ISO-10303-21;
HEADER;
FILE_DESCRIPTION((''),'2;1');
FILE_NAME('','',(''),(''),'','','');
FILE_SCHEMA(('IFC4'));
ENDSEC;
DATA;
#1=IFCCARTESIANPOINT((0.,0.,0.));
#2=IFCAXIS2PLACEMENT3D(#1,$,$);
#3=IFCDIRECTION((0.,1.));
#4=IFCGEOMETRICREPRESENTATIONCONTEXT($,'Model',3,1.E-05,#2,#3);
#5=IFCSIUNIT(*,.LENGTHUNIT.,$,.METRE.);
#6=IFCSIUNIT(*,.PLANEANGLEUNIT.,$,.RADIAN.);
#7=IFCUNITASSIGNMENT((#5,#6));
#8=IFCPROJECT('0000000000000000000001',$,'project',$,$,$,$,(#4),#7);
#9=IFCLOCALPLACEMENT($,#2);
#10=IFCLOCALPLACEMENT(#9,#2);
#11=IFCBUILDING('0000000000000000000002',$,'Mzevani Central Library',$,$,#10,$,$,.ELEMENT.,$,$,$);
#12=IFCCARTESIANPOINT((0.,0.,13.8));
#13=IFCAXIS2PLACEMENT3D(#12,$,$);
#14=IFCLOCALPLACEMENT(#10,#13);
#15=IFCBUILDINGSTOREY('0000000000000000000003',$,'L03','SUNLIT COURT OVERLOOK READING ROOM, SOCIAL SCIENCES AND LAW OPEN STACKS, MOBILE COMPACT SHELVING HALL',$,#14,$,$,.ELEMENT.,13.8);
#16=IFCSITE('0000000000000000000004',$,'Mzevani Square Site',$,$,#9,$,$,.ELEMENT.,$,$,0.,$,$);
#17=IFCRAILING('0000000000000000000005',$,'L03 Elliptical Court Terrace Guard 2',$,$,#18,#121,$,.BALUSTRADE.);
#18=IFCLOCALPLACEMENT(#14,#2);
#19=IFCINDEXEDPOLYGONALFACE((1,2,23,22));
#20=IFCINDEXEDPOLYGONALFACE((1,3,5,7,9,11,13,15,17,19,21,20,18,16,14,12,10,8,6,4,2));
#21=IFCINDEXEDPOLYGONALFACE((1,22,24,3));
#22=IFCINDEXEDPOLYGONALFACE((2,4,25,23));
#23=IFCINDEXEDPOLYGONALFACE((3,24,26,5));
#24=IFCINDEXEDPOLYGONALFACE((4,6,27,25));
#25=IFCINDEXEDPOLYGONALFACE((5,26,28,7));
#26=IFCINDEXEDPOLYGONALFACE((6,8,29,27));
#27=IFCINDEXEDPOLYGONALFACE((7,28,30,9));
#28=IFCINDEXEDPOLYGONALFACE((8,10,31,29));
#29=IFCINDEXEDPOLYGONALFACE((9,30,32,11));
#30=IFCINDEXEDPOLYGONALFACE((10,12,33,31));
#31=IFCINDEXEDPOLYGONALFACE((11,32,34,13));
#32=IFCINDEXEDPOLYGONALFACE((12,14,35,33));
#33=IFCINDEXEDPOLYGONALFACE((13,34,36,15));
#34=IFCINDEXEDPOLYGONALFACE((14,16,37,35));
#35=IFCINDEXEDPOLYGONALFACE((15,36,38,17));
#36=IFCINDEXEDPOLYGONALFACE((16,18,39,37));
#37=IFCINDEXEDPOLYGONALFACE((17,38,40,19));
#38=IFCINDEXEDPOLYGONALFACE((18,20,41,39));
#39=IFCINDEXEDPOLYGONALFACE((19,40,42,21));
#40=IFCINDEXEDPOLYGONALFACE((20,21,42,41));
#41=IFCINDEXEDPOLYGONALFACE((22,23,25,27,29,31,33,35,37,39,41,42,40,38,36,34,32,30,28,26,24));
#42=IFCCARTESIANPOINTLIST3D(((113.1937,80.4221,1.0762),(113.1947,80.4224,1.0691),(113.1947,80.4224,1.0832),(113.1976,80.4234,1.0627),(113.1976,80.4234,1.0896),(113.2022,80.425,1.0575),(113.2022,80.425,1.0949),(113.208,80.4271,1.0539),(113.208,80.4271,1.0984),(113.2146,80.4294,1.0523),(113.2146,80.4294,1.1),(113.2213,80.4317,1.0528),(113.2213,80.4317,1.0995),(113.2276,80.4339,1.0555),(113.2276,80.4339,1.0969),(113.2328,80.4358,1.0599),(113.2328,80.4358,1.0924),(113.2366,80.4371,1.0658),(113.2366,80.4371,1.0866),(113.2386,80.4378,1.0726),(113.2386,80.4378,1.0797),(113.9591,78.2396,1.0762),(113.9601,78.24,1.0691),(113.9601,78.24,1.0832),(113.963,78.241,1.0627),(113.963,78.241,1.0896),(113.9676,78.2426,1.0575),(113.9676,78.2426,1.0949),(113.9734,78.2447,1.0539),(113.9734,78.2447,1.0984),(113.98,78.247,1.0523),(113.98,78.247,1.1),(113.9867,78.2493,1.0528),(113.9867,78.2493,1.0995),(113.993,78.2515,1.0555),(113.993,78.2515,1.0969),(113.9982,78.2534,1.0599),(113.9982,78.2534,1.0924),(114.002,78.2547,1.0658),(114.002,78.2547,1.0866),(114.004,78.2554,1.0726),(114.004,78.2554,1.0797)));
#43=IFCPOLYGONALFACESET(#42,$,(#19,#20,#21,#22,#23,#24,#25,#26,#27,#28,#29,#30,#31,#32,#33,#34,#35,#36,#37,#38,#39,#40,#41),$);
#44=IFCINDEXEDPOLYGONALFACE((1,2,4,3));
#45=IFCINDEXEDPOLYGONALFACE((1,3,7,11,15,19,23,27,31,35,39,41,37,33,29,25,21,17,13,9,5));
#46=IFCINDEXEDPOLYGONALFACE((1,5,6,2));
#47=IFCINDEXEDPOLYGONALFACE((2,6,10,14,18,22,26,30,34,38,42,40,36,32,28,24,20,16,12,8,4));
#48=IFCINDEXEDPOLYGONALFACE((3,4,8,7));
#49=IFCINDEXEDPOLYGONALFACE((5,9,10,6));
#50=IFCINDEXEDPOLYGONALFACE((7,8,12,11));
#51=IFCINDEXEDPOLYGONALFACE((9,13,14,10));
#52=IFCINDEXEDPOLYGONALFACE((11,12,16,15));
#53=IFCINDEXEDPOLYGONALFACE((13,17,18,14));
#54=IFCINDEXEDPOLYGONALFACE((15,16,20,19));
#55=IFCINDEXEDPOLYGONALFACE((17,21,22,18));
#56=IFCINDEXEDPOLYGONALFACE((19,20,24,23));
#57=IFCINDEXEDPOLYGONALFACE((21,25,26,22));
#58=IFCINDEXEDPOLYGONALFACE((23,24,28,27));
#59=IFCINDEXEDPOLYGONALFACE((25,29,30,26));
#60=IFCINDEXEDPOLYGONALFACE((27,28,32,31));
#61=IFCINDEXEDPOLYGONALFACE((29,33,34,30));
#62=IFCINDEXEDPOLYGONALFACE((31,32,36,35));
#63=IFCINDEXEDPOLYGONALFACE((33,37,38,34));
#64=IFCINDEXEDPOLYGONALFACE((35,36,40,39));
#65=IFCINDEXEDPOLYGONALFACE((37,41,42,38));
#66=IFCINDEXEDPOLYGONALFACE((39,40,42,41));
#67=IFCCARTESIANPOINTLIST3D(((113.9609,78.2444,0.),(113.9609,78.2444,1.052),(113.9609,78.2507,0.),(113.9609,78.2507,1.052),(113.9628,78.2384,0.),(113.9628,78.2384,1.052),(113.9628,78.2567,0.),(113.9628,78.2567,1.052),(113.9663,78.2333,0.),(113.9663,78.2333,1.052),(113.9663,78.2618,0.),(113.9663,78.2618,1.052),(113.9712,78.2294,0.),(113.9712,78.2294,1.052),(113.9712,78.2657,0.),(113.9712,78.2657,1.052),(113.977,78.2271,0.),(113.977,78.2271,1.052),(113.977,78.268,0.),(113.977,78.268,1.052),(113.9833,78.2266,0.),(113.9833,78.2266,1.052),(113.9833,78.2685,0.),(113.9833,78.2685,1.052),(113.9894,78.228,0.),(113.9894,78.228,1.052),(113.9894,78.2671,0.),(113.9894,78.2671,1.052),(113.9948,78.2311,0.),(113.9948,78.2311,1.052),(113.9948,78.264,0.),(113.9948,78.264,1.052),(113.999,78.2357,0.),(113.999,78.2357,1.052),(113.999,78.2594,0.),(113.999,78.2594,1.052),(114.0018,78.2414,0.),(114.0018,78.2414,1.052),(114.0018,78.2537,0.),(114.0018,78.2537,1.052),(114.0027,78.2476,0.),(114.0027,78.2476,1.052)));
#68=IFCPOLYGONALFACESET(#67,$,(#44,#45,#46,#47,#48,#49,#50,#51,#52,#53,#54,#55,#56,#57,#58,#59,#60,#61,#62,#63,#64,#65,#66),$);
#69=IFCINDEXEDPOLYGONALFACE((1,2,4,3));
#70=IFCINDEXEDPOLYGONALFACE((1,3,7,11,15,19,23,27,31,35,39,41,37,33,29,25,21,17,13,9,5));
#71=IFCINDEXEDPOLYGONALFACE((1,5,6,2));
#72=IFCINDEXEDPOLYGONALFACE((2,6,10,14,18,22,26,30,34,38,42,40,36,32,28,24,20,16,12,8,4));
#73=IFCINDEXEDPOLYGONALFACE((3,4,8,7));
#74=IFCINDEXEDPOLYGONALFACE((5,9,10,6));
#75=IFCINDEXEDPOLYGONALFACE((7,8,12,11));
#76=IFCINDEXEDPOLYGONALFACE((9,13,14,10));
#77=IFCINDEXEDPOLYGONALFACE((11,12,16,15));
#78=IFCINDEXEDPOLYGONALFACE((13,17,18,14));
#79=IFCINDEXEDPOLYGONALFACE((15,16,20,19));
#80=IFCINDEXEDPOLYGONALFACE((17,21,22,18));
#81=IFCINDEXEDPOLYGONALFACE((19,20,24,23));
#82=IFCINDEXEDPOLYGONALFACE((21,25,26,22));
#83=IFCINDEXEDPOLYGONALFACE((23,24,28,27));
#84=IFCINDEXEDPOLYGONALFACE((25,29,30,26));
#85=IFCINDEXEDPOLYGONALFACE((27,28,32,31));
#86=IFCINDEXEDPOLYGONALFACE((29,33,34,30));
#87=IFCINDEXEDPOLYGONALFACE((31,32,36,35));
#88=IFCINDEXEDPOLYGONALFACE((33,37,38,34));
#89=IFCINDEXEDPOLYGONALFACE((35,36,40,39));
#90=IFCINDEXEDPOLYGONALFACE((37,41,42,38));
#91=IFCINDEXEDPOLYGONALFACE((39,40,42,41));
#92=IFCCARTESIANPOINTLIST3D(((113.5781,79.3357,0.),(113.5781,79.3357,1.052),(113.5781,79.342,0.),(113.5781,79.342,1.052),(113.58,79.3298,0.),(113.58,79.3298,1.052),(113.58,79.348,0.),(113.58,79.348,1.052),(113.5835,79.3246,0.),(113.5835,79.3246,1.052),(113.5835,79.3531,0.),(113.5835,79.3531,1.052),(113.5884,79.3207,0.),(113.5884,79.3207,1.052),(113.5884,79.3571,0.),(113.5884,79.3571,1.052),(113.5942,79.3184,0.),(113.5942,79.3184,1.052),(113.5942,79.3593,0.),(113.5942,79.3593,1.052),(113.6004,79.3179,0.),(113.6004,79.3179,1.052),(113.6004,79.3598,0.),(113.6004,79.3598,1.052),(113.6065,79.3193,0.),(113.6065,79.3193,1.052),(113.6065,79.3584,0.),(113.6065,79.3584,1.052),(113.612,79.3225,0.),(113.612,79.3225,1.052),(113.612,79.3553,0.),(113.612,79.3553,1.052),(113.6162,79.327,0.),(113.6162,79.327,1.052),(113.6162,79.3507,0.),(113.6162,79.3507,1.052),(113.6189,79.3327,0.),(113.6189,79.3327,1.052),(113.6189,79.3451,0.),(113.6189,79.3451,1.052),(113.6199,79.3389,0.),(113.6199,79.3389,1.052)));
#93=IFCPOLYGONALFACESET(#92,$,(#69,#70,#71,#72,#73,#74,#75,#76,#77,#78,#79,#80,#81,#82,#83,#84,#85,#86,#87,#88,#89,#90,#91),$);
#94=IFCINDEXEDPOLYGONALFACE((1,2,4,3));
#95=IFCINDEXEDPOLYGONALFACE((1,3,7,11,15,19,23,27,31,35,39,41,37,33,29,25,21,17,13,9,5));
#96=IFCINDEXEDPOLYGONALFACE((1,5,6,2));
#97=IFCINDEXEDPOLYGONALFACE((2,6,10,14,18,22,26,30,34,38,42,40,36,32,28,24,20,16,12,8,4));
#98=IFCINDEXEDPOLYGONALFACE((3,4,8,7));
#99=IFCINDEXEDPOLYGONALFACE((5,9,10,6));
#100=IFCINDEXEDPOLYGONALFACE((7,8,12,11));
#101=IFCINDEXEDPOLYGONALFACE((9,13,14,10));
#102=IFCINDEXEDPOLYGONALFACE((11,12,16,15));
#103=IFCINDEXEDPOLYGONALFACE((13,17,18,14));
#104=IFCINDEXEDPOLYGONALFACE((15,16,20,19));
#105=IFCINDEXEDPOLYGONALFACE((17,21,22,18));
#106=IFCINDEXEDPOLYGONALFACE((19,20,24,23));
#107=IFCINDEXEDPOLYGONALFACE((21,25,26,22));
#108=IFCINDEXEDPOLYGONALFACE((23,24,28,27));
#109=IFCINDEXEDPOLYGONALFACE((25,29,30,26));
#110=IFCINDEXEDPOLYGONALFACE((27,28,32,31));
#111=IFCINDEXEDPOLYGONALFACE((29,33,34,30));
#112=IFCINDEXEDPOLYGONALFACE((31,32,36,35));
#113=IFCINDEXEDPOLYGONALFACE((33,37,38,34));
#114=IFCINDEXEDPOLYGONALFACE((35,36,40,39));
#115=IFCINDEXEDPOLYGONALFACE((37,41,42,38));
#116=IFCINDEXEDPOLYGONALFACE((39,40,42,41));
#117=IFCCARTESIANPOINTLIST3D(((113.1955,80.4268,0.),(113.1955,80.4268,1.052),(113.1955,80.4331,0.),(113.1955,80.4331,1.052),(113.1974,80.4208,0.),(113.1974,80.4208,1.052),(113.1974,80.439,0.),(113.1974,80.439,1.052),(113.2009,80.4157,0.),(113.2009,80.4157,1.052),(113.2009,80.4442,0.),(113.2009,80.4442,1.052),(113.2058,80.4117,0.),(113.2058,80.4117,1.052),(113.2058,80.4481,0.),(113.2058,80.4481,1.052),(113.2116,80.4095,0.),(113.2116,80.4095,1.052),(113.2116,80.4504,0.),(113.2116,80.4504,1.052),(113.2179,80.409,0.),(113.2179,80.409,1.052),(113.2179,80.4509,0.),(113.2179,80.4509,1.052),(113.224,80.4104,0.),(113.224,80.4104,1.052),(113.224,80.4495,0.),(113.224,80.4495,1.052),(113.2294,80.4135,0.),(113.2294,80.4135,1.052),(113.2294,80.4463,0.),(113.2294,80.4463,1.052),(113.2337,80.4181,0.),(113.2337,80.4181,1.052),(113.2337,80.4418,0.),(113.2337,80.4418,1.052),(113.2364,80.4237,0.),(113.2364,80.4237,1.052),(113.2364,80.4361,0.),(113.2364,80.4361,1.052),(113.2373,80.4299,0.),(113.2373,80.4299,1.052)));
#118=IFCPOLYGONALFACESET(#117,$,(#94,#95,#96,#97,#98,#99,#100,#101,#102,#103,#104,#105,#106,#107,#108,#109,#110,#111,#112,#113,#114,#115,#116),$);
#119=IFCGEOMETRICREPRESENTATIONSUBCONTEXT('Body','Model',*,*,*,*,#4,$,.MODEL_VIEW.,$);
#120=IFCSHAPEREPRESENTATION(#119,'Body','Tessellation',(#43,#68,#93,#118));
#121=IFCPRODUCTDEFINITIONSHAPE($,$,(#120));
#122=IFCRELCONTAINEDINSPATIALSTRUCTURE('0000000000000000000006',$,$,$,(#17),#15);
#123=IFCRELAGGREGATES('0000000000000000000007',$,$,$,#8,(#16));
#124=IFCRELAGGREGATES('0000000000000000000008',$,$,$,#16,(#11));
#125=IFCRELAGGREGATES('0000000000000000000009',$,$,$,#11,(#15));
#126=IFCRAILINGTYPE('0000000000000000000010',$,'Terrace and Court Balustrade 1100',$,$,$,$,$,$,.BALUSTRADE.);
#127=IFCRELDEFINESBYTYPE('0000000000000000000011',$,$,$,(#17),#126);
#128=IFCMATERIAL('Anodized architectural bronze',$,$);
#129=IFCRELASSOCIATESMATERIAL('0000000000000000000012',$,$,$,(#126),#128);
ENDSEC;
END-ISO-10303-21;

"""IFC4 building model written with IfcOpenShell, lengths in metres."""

from ifc_helpers import new_model, si_unit, direction, frame, origin, origin_2d, place, context, subcontext, project, spatial, circle, extrude, material, type_object, element, save


model = new_model("IFC4")

# Units and contexts
model_context = context("Model", 3, precision=1e-05, world=origin(), true_north=direction((0.0, 1.0)))
body_context = subcontext(model_context, "Body", "Model", "MODEL_VIEW")
ifc_project = project(units=[si_unit("LENGTHUNIT", "METRE"), si_unit("PLANEANGLEUNIT", "RADIAN")], contexts=[model_context])

# Site, building, storey
site_placement = place(None, origin())
site = spatial("IfcSite", under=ifc_project, at=site_placement, Name="Mzevani Square Site", CompositionType="ELEMENT", RefElevation=0.0)
building_placement = place(site_placement, origin())
building = spatial("IfcBuilding", under=site, at=building_placement, Name="Mzevani Central Library", CompositionType="ELEMENT")
storey_placement = place(building_placement, frame((0.0, 0.0, 13.8)))
storey = spatial("IfcBuildingStorey", under=building, at=storey_placement, Name="L03", Description="SUNLIT COURT OVERLOOK READING ROOM, SOCIAL SCIENCES AND LAW OPEN STACKS, MOBILE COMPACT SHELVING HALL", CompositionType="ELEMENT", Elevation=13.8)

# Railing
ifc_material_1 = material(Name="Anodized architectural bronze")
railing_type = type_object("IfcRailingType", Name="Terrace and Court Balustrade 1100", PredefinedType="BALUSTRADE", material=ifc_material_1)
railing_1_placement = place(storey_placement, frame((113.9817, 78.2476, 0.0)))
element("IfcRailing", 1, at=railing_1_placement, inside=storey, type_object=railing_type, Name="L03 Elliptical Court Terrace Guard 2", PredefinedType="BALUSTRADE", context=body_context, shape_type="SweptSolid", body=[
    extrude(circle(Radius=0.0239, at=origin_2d()), frame((0.0, 0.0, 1.0762), z_axis=(-0.330948, 0.943649, 0.0), x_axis=(-0.943649, -0.330948, 0.0)), (0.0, 0.0, 1.0), 2.3127),
    extrude(circle(Radius=0.021, at=origin_2d()), origin(), (0.0, 0.0, 1.0), 1.052),
    extrude(circle(Radius=0.021, at=origin_2d()), frame((-0.3828, 1.0913, 0.0)), (0.0, 0.0, 1.0), 1.052),
    extrude(circle(Radius=0.021, at=origin_2d()), frame((-0.7654, 2.1824, 0.0)), (0.0, 0.0, 1.0), 1.052),
])

save(model, "model.ifc")
